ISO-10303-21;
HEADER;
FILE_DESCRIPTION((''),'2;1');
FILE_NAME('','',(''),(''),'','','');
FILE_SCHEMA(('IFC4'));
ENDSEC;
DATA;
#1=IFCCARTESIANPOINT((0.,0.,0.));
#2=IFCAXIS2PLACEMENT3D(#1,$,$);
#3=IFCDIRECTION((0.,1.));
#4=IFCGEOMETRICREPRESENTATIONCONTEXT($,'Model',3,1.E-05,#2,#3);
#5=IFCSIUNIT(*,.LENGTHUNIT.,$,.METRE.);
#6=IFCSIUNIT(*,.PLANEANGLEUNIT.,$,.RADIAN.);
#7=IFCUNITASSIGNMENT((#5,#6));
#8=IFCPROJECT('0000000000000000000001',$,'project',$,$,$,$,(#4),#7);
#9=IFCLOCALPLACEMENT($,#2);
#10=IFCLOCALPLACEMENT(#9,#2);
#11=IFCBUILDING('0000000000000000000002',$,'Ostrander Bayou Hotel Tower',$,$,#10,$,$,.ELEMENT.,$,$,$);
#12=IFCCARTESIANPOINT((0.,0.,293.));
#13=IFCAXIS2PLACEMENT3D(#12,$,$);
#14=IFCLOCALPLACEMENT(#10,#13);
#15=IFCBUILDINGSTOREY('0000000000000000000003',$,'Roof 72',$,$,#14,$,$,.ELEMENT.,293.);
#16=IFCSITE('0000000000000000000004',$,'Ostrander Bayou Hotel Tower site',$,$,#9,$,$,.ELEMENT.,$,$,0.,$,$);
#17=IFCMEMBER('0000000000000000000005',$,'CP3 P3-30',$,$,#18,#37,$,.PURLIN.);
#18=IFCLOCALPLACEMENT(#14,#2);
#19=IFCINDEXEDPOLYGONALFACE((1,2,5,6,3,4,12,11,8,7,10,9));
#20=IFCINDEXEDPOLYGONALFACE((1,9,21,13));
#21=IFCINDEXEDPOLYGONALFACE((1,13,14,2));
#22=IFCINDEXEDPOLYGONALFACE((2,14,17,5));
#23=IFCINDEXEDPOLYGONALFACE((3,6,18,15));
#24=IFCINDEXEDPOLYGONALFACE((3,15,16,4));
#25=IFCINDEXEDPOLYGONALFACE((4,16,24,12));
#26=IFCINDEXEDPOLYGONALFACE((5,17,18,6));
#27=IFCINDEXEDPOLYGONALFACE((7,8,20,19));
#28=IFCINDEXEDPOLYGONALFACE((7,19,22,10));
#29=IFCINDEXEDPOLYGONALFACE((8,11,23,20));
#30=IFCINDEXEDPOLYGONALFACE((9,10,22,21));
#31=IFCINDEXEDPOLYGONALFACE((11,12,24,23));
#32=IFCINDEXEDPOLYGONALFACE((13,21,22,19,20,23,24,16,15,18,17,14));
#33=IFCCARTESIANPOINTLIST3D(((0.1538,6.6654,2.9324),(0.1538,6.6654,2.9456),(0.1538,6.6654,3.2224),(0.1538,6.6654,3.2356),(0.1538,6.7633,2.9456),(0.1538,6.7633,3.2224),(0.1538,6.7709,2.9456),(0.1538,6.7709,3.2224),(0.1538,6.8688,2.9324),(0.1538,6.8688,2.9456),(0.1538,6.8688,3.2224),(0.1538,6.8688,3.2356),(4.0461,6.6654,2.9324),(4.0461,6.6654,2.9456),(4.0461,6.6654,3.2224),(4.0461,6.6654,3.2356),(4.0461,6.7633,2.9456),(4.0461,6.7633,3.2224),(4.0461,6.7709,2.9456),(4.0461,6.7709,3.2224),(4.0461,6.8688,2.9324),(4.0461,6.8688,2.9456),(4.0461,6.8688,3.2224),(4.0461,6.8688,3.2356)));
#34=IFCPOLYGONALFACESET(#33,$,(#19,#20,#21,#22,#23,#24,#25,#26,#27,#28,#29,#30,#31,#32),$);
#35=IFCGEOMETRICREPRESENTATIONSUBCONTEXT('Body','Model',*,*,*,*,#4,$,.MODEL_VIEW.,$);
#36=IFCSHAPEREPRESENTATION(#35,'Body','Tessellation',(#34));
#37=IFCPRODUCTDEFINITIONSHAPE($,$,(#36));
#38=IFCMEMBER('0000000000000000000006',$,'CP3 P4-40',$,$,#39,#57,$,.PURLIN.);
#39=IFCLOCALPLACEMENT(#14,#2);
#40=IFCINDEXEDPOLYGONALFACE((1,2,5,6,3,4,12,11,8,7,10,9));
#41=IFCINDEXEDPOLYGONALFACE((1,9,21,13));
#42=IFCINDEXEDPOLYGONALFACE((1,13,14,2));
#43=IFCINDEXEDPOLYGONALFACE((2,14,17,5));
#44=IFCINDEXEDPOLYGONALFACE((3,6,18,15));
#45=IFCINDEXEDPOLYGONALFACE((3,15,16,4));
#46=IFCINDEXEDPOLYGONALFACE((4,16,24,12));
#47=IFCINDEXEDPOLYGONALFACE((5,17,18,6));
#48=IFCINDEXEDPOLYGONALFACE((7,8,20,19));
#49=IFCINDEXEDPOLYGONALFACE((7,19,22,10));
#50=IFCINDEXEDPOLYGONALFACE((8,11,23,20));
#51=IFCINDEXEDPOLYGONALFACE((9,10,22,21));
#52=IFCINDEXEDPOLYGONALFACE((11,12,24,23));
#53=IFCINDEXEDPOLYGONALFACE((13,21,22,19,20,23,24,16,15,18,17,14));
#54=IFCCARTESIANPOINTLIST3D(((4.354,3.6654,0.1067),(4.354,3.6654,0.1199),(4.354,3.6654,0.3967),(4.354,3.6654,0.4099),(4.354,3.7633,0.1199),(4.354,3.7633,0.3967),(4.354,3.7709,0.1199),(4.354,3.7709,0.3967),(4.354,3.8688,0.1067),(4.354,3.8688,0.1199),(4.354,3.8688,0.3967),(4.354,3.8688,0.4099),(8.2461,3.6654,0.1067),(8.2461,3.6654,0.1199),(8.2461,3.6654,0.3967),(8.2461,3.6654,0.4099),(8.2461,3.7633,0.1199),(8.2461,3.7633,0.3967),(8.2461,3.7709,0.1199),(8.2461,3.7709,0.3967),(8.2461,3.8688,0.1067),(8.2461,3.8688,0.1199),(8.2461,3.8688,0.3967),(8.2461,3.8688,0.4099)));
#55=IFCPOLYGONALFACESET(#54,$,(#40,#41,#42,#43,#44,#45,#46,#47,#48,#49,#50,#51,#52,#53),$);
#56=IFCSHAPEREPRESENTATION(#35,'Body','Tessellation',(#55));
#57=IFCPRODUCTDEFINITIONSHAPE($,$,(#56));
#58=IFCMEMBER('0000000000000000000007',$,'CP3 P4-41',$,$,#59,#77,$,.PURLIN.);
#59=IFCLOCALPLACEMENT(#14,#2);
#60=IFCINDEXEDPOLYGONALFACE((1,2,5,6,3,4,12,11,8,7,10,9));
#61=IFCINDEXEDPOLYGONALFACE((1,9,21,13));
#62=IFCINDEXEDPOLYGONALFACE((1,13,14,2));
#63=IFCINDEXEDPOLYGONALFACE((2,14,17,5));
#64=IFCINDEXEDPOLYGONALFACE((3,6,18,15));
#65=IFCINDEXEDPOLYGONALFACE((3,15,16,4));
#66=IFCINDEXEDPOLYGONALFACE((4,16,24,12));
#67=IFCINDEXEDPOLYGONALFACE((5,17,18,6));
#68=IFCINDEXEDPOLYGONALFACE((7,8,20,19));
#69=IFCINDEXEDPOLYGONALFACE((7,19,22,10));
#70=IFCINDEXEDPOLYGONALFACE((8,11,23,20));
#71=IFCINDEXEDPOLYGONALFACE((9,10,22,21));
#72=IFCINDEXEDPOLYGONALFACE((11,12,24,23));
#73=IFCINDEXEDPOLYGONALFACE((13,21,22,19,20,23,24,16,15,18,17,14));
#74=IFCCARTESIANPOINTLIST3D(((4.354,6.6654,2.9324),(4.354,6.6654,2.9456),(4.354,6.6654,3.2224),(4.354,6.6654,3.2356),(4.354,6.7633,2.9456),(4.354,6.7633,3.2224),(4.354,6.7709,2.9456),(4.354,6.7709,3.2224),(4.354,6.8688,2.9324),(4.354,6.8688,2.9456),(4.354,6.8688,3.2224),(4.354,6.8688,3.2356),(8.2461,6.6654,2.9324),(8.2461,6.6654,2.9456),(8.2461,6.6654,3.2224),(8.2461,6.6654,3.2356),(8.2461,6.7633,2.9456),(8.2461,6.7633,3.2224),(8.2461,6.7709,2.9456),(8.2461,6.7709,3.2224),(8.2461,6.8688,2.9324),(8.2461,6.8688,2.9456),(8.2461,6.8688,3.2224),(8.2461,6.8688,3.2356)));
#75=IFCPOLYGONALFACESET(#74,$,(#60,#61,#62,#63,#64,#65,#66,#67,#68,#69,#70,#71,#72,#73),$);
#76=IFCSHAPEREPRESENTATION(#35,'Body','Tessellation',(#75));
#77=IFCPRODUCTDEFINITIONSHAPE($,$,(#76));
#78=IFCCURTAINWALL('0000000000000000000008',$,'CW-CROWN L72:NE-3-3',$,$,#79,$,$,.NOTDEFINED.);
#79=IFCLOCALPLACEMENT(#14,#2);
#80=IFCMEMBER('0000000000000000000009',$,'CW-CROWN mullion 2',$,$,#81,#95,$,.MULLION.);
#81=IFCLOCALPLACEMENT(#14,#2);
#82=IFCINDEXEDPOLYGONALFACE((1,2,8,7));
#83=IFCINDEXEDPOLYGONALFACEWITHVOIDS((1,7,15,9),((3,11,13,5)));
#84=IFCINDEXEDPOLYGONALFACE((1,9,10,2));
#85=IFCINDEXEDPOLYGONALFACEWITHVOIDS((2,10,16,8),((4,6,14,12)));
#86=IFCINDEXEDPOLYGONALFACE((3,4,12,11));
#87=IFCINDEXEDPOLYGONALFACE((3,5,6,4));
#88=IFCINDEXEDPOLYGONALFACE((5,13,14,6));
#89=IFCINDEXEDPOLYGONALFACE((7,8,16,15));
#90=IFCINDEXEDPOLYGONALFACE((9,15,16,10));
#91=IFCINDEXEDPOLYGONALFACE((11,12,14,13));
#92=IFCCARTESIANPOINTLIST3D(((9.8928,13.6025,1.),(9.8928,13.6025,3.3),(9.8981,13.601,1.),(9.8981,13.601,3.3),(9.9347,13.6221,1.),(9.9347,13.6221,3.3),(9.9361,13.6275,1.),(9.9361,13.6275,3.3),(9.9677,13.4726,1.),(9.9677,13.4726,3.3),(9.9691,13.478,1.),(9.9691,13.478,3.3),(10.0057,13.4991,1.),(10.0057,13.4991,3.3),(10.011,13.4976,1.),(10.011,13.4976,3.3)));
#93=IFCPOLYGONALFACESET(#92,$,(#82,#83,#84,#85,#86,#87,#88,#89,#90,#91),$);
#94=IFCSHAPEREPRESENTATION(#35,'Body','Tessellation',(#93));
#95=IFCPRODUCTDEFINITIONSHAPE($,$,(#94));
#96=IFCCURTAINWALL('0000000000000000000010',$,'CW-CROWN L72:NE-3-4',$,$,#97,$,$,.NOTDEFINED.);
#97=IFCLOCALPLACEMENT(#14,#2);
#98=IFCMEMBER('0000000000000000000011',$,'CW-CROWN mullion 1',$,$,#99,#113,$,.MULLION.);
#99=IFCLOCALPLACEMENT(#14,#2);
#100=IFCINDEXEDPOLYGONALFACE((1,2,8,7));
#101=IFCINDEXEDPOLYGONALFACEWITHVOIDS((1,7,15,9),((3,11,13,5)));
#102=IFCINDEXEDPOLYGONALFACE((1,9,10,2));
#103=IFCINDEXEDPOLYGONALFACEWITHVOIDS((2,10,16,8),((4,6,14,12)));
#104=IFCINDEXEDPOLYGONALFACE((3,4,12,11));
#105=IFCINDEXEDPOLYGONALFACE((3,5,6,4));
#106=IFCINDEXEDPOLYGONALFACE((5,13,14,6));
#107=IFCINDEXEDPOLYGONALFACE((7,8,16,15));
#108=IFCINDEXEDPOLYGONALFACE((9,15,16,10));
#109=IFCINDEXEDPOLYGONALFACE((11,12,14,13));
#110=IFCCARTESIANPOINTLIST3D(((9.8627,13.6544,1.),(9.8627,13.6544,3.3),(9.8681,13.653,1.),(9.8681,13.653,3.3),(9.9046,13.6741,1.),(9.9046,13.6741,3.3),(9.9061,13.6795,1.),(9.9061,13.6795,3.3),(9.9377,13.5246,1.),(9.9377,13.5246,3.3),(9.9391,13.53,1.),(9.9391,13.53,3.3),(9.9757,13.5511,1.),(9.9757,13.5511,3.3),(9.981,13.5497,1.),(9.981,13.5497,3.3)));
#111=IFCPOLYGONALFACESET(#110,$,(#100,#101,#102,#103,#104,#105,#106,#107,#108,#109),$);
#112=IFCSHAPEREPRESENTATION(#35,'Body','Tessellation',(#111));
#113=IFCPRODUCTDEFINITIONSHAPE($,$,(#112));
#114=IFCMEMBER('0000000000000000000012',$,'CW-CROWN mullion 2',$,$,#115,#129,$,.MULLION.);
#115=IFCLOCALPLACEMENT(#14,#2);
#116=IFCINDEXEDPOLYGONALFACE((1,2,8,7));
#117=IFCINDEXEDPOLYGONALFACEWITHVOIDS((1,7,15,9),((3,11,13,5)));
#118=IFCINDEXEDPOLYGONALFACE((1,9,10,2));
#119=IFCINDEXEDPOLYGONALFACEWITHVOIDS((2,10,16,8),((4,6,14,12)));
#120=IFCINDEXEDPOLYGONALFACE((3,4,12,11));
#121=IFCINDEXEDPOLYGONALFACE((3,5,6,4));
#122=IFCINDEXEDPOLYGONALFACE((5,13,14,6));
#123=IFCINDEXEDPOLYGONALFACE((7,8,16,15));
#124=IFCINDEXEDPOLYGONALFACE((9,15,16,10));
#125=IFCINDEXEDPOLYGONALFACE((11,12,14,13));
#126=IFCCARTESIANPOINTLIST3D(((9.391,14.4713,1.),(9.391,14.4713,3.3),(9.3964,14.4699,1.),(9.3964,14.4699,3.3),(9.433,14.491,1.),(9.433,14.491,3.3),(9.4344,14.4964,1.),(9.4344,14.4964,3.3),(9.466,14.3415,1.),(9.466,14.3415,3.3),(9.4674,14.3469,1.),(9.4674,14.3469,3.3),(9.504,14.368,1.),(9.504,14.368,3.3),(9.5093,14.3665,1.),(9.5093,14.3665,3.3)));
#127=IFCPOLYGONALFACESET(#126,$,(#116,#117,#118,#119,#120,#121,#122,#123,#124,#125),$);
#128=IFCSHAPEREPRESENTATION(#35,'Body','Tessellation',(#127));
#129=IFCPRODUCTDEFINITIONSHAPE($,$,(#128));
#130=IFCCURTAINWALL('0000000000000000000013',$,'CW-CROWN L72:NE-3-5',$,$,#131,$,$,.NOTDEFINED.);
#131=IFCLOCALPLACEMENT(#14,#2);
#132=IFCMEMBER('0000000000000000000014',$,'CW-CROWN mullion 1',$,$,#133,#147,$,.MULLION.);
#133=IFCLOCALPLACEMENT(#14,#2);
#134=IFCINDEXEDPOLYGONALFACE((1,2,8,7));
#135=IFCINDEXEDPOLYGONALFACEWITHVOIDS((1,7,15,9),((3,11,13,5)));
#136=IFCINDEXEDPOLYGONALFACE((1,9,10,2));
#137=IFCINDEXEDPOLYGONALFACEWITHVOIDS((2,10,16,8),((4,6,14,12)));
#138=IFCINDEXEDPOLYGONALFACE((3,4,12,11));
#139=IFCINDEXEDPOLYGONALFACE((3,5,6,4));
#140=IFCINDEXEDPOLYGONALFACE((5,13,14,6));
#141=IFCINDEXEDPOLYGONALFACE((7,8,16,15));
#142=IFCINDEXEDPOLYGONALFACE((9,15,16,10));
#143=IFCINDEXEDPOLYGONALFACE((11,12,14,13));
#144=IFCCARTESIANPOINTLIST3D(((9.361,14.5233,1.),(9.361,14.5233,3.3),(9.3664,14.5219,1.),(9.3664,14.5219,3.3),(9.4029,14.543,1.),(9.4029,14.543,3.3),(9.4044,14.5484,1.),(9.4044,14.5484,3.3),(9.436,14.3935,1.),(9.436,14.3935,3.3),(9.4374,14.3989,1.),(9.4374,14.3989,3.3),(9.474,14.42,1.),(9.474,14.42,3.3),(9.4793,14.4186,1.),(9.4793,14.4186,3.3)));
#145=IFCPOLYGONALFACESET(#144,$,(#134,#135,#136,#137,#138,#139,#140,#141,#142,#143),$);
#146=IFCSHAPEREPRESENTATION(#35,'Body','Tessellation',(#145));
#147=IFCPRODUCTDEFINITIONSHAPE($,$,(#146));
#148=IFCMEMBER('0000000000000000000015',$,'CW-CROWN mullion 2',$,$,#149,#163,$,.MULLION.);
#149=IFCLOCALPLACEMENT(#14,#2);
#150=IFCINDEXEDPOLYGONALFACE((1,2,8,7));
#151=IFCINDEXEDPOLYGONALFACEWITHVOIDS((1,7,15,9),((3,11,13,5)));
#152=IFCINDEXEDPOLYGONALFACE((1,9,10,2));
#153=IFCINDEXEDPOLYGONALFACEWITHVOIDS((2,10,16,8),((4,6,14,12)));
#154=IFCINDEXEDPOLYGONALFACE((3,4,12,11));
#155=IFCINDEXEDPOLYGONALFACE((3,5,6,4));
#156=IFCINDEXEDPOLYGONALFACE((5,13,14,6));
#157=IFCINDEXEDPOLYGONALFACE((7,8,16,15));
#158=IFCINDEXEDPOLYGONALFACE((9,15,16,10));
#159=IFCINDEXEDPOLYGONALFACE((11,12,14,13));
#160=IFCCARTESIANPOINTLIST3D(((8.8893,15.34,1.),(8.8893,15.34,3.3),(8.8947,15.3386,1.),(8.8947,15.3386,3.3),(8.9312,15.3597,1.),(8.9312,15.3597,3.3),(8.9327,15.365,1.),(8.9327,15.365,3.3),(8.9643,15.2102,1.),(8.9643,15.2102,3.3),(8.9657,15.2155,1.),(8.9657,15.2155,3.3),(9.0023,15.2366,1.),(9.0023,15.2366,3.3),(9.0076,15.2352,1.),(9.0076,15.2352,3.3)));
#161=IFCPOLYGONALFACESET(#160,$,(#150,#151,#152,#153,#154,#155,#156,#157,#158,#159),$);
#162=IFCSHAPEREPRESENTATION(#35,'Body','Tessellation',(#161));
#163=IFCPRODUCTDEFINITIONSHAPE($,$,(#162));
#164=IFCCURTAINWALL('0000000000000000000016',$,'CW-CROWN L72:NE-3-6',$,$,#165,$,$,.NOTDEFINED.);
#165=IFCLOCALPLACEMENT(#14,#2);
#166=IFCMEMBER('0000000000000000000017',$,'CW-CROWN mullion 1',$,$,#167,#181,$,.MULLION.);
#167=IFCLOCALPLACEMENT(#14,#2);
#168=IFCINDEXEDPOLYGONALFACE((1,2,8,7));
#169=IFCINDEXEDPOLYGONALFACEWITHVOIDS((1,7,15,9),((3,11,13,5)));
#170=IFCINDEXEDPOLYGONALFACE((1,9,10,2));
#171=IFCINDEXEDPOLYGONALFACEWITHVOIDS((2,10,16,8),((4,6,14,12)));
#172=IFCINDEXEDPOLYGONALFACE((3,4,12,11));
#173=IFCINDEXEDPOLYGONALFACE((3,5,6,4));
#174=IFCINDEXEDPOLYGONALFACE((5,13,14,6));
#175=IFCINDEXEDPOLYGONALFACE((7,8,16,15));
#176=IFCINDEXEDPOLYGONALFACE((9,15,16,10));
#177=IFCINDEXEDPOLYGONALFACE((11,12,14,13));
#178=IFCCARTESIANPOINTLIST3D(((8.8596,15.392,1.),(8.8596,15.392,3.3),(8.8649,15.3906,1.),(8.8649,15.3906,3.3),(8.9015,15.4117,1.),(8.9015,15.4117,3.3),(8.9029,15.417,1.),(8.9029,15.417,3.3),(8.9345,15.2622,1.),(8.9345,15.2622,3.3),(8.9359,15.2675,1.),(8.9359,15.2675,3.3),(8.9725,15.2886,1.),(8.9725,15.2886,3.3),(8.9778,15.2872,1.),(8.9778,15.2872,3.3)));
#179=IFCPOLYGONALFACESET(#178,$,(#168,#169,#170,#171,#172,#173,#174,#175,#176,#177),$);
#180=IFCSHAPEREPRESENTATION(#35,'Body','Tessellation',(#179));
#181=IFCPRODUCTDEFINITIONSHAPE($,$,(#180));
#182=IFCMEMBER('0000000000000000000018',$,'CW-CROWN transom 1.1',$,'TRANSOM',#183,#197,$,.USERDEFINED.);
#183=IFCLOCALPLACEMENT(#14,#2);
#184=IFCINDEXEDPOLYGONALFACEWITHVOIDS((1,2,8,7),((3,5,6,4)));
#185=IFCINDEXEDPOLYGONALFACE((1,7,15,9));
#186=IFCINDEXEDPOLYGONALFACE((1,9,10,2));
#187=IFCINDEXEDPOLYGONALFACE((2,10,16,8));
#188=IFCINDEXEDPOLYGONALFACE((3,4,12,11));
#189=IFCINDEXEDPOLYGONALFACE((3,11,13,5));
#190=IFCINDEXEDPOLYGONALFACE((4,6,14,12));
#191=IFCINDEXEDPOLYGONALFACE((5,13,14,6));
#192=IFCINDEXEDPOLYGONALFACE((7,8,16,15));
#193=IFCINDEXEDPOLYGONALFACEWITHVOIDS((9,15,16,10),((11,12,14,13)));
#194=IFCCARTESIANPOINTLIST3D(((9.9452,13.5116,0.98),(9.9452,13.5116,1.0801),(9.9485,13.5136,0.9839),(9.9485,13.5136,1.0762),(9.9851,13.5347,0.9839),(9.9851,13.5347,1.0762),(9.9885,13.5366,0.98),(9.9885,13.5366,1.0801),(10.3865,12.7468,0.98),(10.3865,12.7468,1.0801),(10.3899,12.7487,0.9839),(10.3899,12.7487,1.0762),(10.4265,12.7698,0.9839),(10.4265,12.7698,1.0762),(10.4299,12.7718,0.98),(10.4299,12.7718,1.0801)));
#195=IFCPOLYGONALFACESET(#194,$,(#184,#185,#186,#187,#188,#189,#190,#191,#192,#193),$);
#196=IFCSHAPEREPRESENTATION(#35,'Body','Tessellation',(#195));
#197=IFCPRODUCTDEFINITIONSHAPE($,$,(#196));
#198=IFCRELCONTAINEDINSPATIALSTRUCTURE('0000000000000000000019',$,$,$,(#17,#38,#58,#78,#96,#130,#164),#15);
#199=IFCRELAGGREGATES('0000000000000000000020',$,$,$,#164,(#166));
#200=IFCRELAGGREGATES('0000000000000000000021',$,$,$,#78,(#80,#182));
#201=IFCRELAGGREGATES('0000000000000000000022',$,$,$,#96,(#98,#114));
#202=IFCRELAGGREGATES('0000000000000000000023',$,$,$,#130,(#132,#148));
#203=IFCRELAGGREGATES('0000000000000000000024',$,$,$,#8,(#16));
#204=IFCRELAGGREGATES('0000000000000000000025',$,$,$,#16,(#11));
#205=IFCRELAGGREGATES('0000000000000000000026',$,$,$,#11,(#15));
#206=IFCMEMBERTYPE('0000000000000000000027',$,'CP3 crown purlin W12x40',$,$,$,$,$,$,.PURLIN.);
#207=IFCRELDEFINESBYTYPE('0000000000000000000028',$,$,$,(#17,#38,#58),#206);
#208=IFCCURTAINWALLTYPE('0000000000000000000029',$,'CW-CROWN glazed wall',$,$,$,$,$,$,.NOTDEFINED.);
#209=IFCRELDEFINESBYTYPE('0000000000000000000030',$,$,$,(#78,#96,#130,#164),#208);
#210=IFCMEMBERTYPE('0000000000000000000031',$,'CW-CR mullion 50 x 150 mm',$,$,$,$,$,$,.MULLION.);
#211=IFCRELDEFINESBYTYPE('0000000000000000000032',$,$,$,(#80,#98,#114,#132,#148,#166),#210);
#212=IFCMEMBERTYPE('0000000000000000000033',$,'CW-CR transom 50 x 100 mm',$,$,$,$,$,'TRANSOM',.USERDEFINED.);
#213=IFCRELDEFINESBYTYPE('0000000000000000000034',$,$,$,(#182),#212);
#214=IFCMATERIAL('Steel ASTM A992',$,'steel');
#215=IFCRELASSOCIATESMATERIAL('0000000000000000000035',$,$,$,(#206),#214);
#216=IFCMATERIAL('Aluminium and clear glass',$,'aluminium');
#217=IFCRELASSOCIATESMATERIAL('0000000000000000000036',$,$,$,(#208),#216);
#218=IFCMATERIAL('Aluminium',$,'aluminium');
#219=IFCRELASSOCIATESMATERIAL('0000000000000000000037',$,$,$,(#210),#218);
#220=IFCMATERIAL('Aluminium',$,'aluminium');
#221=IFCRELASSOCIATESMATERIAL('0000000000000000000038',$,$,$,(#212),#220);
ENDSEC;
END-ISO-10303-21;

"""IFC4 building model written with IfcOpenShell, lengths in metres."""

from ifc_helpers import new_model, si_unit, direction, frame, origin, origin_2d, place, context, subcontext, project, spatial, hollow_rectangle, i_section, extrude, material, material_profile, profile_set, type_object, element, aggregate, save


model = new_model("IFC4")

# Units and contexts
model_context = context("Model", 3, precision=1e-05, world=origin(), true_north=direction((0.0, 1.0)))
body_context = subcontext(model_context, "Body", "Model", "MODEL_VIEW")
ifc_project = project(units=[si_unit("LENGTHUNIT", "METRE"), si_unit("PLANEANGLEUNIT", "RADIAN")], contexts=[model_context])

# Site, building, storey
site_placement = place(None, origin())
site = spatial("IfcSite", under=ifc_project, at=site_placement, Name="Ostrander Bayou Hotel Tower site", CompositionType="ELEMENT", RefElevation=0.0)
building_placement = place(site_placement, origin())
building = spatial("IfcBuilding", under=site, at=building_placement, Name="Ostrander Bayou Hotel Tower", CompositionType="ELEMENT")
storey_placement = place(building_placement, frame((0.0, 0.0, 293.0)))
storey = spatial("IfcBuildingStorey", under=building, at=storey_placement, Name="Roof 72", CompositionType="ELEMENT", Elevation=293.0)

# Members
ifc_material_1 = material(Name="Steel ASTM A992", Category="steel")
ifc_material_profile_1 = material_profile(ifc_material_1, i_section(OverallWidth=0.2034, OverallDepth=0.3032, WebThickness=0.0076, FlangeThickness=0.0132, at=origin_2d()))
ifc_profile_set_1 = profile_set([ifc_material_profile_1], Name="Steel ASTM A992")
member_type_1 = type_object("IfcMemberType", Name="CP3 crown purlin W12x40", PredefinedType="PURLIN", material=ifc_profile_set_1)
member_1_placement = place(storey_placement, frame((0.1538, 6.7671, 3.084), z_axis=(1.0, 0.0, 0.0), x_axis=(0.0, 1.0, 0.0)))
element("IfcMember", 1, at=member_1_placement, inside=storey, type_object=member_type_1, Name="CP3 P3-30", PredefinedType="PURLIN", context=body_context, shape_type="SweptSolid", body=[
    extrude(i_section(OverallWidth=0.2034, OverallDepth=0.3032, WebThickness=0.0076, FlangeThickness=0.0132, at=origin_2d()), origin(), (0.0, 0.0, 1.0), 3.8923),
])
for number, where, z_axis, x_axis, name in (
    (2, (4.354, 3.7671, 0.2583), (1.0, 0.0, 0.0), (0.0, 1.0, 0.0), "CP3 P4-40"),
    (3, (4.354, 6.7671, 3.084), (1.0, 0.0, 0.0), (0.0, 1.0, 0.0), "CP3 P4-41"),
):
    element("IfcMember", number, at=place(storey_placement, frame(where, z_axis=z_axis, x_axis=x_axis)), inside=storey, type_object=member_type_1, Name=name, PredefinedType="PURLIN", context=body_context, shape_type="SweptSolid", body=[
        extrude(i_section(OverallWidth=0.2034, OverallDepth=0.3032, WebThickness=0.0076, FlangeThickness=0.0132, at=origin_2d()), origin(), (0.0, 0.0, 1.0), 3.8921),
    ])

# Curtain wall, member
ifc_material_2 = material(Name="Aluminium and clear glass", Category="aluminium")
curtain_wall_type = type_object("IfcCurtainWallType", Name="CW-CROWN glazed wall", PredefinedType="NOTDEFINED", material=ifc_material_2)
curtain_wall_1_placement = place(storey_placement, origin())
curtain_wall_1 = element("IfcCurtainWall", 4, at=curtain_wall_1_placement, inside=storey, type_object=curtain_wall_type, Name="CW-CROWN L72:NE-3-3", PredefinedType="NOTDEFINED")
ifc_material_3 = material(Name="Aluminium", Category="aluminium")
ifc_material_profile_2 = material_profile(ifc_material_3, hollow_rectangle(XDim=0.05, YDim=0.1499, WallThickness=0.0039, at=origin_2d()))
ifc_profile_set_2 = profile_set([ifc_material_profile_2], Name="Aluminium")
member_type_2 = type_object("IfcMemberType", Name="CW-CR mullion 50 x 150 mm", PredefinedType="MULLION", material=ifc_profile_set_2)
member_2_placement = place(storey_placement, frame((9.9519, 13.55, 1.0), z_axis=(0.0, 0.0, 1.0), x_axis=(-0.866069, -0.499924, 0.0)))
member_2 = element("IfcMember", 5, at=member_2_placement, type_object=member_type_2, Name="CW-CROWN mullion 2", PredefinedType="MULLION", context=body_context, shape_type="SweptSolid", body=[
    extrude(hollow_rectangle(XDim=0.05, YDim=0.1499, WallThickness=0.0039, at=origin_2d()), origin(), (0.0, 0.0, 1.0), 2.3),
])

# Curtain walls, members
curtain_wall_2_placement = place(storey_placement, origin())
curtain_wall_2 = element("IfcCurtainWall", 6, at=curtain_wall_2_placement, inside=storey, type_object=curtain_wall_type, Name="CW-CROWN L72:NE-3-4", PredefinedType="NOTDEFINED")
member_3_placement = place(storey_placement, frame((9.9219, 13.6021, 1.0), z_axis=(0.0, 0.0, 1.0), x_axis=(-0.866026, -0.499999, 0.0)))
member_3 = element("IfcMember", 7, at=member_3_placement, type_object=member_type_2, Name="CW-CROWN mullion 1", PredefinedType="MULLION", context=body_context, shape_type="SweptSolid", body=[
    extrude(hollow_rectangle(XDim=0.05, YDim=0.1499, WallThickness=0.0039, at=origin_2d()), origin(), (0.0, 0.0, 1.0), 2.3),
])
member_4_placement = place(storey_placement, frame((9.4502, 14.4189, 1.0), z_axis=(0.0, 0.0, 1.0), x_axis=(-0.866026, -0.499999, 0.0)))
member_4 = element("IfcMember", 8, at=member_4_placement, type_object=member_type_2, Name="CW-CROWN mullion 2", PredefinedType="MULLION", context=body_context, shape_type="SweptSolid", body=[
    extrude(hollow_rectangle(XDim=0.05, YDim=0.1499, WallThickness=0.0039, at=origin_2d()), origin(), (0.0, 0.0, 1.0), 2.3),
])
curtain_wall_3_placement = place(storey_placement, origin())
curtain_wall_3 = element("IfcCurtainWall", 9, at=curtain_wall_3_placement, inside=storey, type_object=curtain_wall_type, Name="CW-CROWN L72:NE-3-5", PredefinedType="NOTDEFINED")
member_5_placement = place(storey_placement, frame((9.4202, 14.4709, 1.0), z_axis=(0.0, 0.0, 1.0), x_axis=(-0.866001, -0.500042, 0.0)))
member_5 = element("IfcMember", 10, at=member_5_placement, type_object=member_type_2, Name="CW-CROWN mullion 1", PredefinedType="MULLION", context=body_context, shape_type="SweptSolid", body=[
    extrude(hollow_rectangle(XDim=0.05, YDim=0.1499, WallThickness=0.0039, at=origin_2d()), origin(), (0.0, 0.0, 1.0), 2.3),
])
member_6_placement = place(storey_placement, frame((8.9485, 15.2876, 1.0), z_axis=(0.0, 0.0, 1.0), x_axis=(-0.866001, -0.500042, 0.0)))
member_6 = element("IfcMember", 11, at=member_6_placement, type_object=member_type_2, Name="CW-CROWN mullion 2", PredefinedType="MULLION", context=body_context, shape_type="SweptSolid", body=[
    extrude(hollow_rectangle(XDim=0.05, YDim=0.1499, WallThickness=0.0039, at=origin_2d()), origin(), (0.0, 0.0, 1.0), 2.3),
])

# Curtain wall, member
curtain_wall_4_placement = place(storey_placement, origin())
curtain_wall_4 = element("IfcCurtainWall", 12, at=curtain_wall_4_placement, inside=storey, type_object=curtain_wall_type, Name="CW-CROWN L72:NE-3-6", PredefinedType="NOTDEFINED")
member_7_placement = place(storey_placement, frame((8.9187, 15.3396, 1.0), z_axis=(0.0, 0.0, 1.0), x_axis=(-0.866026, -0.499999, 0.0)))
member_7 = element("IfcMember", 13, at=member_7_placement, type_object=member_type_2, Name="CW-CROWN mullion 1", PredefinedType="MULLION", context=body_context, shape_type="SweptSolid", body=[
    extrude(hollow_rectangle(XDim=0.05, YDim=0.1499, WallThickness=0.0039, at=origin_2d()), origin(), (0.0, 0.0, 1.0), 2.3),
])

# Member
ifc_material_4 = material(Name="Aluminium", Category="aluminium")
ifc_material_profile_3 = material_profile(ifc_material_4, hollow_rectangle(XDim=0.05, YDim=0.1001, WallThickness=0.0039, at=origin_2d()))
ifc_profile_set_3 = profile_set([ifc_material_profile_3], Name="Aluminium")
member_type_3 = type_object("IfcMemberType", Name="CW-CR transom 50 x 100 mm", ElementType="TRANSOM", PredefinedType="USERDEFINED", material=ifc_profile_set_3)
member_8_placement = place(storey_placement, frame((10.4082, 12.7593, 1.03), z_axis=(-0.499826, 0.866126, 0.0), x_axis=(-0.866126, -0.499826, 0.0)))
member_8 = element("IfcMember", 14, at=member_8_placement, type_object=member_type_3, Name="CW-CROWN transom 1.1", ObjectType="TRANSOM", PredefinedType="USERDEFINED", context=body_context, shape_type="SweptSolid", body=[
    extrude(hollow_rectangle(XDim=0.05, YDim=0.1001, WallThickness=0.0039, at=origin_2d()), origin(), (0.0, 0.0, 1.0), 0.8831),
])
aggregate(curtain_wall_4, [member_7])

aggregate(curtain_wall_1, [member_2, member_8])
aggregate(curtain_wall_2, [member_3, member_4])
aggregate(curtain_wall_3, [member_5, member_6])

save(model, "model.ifc")
